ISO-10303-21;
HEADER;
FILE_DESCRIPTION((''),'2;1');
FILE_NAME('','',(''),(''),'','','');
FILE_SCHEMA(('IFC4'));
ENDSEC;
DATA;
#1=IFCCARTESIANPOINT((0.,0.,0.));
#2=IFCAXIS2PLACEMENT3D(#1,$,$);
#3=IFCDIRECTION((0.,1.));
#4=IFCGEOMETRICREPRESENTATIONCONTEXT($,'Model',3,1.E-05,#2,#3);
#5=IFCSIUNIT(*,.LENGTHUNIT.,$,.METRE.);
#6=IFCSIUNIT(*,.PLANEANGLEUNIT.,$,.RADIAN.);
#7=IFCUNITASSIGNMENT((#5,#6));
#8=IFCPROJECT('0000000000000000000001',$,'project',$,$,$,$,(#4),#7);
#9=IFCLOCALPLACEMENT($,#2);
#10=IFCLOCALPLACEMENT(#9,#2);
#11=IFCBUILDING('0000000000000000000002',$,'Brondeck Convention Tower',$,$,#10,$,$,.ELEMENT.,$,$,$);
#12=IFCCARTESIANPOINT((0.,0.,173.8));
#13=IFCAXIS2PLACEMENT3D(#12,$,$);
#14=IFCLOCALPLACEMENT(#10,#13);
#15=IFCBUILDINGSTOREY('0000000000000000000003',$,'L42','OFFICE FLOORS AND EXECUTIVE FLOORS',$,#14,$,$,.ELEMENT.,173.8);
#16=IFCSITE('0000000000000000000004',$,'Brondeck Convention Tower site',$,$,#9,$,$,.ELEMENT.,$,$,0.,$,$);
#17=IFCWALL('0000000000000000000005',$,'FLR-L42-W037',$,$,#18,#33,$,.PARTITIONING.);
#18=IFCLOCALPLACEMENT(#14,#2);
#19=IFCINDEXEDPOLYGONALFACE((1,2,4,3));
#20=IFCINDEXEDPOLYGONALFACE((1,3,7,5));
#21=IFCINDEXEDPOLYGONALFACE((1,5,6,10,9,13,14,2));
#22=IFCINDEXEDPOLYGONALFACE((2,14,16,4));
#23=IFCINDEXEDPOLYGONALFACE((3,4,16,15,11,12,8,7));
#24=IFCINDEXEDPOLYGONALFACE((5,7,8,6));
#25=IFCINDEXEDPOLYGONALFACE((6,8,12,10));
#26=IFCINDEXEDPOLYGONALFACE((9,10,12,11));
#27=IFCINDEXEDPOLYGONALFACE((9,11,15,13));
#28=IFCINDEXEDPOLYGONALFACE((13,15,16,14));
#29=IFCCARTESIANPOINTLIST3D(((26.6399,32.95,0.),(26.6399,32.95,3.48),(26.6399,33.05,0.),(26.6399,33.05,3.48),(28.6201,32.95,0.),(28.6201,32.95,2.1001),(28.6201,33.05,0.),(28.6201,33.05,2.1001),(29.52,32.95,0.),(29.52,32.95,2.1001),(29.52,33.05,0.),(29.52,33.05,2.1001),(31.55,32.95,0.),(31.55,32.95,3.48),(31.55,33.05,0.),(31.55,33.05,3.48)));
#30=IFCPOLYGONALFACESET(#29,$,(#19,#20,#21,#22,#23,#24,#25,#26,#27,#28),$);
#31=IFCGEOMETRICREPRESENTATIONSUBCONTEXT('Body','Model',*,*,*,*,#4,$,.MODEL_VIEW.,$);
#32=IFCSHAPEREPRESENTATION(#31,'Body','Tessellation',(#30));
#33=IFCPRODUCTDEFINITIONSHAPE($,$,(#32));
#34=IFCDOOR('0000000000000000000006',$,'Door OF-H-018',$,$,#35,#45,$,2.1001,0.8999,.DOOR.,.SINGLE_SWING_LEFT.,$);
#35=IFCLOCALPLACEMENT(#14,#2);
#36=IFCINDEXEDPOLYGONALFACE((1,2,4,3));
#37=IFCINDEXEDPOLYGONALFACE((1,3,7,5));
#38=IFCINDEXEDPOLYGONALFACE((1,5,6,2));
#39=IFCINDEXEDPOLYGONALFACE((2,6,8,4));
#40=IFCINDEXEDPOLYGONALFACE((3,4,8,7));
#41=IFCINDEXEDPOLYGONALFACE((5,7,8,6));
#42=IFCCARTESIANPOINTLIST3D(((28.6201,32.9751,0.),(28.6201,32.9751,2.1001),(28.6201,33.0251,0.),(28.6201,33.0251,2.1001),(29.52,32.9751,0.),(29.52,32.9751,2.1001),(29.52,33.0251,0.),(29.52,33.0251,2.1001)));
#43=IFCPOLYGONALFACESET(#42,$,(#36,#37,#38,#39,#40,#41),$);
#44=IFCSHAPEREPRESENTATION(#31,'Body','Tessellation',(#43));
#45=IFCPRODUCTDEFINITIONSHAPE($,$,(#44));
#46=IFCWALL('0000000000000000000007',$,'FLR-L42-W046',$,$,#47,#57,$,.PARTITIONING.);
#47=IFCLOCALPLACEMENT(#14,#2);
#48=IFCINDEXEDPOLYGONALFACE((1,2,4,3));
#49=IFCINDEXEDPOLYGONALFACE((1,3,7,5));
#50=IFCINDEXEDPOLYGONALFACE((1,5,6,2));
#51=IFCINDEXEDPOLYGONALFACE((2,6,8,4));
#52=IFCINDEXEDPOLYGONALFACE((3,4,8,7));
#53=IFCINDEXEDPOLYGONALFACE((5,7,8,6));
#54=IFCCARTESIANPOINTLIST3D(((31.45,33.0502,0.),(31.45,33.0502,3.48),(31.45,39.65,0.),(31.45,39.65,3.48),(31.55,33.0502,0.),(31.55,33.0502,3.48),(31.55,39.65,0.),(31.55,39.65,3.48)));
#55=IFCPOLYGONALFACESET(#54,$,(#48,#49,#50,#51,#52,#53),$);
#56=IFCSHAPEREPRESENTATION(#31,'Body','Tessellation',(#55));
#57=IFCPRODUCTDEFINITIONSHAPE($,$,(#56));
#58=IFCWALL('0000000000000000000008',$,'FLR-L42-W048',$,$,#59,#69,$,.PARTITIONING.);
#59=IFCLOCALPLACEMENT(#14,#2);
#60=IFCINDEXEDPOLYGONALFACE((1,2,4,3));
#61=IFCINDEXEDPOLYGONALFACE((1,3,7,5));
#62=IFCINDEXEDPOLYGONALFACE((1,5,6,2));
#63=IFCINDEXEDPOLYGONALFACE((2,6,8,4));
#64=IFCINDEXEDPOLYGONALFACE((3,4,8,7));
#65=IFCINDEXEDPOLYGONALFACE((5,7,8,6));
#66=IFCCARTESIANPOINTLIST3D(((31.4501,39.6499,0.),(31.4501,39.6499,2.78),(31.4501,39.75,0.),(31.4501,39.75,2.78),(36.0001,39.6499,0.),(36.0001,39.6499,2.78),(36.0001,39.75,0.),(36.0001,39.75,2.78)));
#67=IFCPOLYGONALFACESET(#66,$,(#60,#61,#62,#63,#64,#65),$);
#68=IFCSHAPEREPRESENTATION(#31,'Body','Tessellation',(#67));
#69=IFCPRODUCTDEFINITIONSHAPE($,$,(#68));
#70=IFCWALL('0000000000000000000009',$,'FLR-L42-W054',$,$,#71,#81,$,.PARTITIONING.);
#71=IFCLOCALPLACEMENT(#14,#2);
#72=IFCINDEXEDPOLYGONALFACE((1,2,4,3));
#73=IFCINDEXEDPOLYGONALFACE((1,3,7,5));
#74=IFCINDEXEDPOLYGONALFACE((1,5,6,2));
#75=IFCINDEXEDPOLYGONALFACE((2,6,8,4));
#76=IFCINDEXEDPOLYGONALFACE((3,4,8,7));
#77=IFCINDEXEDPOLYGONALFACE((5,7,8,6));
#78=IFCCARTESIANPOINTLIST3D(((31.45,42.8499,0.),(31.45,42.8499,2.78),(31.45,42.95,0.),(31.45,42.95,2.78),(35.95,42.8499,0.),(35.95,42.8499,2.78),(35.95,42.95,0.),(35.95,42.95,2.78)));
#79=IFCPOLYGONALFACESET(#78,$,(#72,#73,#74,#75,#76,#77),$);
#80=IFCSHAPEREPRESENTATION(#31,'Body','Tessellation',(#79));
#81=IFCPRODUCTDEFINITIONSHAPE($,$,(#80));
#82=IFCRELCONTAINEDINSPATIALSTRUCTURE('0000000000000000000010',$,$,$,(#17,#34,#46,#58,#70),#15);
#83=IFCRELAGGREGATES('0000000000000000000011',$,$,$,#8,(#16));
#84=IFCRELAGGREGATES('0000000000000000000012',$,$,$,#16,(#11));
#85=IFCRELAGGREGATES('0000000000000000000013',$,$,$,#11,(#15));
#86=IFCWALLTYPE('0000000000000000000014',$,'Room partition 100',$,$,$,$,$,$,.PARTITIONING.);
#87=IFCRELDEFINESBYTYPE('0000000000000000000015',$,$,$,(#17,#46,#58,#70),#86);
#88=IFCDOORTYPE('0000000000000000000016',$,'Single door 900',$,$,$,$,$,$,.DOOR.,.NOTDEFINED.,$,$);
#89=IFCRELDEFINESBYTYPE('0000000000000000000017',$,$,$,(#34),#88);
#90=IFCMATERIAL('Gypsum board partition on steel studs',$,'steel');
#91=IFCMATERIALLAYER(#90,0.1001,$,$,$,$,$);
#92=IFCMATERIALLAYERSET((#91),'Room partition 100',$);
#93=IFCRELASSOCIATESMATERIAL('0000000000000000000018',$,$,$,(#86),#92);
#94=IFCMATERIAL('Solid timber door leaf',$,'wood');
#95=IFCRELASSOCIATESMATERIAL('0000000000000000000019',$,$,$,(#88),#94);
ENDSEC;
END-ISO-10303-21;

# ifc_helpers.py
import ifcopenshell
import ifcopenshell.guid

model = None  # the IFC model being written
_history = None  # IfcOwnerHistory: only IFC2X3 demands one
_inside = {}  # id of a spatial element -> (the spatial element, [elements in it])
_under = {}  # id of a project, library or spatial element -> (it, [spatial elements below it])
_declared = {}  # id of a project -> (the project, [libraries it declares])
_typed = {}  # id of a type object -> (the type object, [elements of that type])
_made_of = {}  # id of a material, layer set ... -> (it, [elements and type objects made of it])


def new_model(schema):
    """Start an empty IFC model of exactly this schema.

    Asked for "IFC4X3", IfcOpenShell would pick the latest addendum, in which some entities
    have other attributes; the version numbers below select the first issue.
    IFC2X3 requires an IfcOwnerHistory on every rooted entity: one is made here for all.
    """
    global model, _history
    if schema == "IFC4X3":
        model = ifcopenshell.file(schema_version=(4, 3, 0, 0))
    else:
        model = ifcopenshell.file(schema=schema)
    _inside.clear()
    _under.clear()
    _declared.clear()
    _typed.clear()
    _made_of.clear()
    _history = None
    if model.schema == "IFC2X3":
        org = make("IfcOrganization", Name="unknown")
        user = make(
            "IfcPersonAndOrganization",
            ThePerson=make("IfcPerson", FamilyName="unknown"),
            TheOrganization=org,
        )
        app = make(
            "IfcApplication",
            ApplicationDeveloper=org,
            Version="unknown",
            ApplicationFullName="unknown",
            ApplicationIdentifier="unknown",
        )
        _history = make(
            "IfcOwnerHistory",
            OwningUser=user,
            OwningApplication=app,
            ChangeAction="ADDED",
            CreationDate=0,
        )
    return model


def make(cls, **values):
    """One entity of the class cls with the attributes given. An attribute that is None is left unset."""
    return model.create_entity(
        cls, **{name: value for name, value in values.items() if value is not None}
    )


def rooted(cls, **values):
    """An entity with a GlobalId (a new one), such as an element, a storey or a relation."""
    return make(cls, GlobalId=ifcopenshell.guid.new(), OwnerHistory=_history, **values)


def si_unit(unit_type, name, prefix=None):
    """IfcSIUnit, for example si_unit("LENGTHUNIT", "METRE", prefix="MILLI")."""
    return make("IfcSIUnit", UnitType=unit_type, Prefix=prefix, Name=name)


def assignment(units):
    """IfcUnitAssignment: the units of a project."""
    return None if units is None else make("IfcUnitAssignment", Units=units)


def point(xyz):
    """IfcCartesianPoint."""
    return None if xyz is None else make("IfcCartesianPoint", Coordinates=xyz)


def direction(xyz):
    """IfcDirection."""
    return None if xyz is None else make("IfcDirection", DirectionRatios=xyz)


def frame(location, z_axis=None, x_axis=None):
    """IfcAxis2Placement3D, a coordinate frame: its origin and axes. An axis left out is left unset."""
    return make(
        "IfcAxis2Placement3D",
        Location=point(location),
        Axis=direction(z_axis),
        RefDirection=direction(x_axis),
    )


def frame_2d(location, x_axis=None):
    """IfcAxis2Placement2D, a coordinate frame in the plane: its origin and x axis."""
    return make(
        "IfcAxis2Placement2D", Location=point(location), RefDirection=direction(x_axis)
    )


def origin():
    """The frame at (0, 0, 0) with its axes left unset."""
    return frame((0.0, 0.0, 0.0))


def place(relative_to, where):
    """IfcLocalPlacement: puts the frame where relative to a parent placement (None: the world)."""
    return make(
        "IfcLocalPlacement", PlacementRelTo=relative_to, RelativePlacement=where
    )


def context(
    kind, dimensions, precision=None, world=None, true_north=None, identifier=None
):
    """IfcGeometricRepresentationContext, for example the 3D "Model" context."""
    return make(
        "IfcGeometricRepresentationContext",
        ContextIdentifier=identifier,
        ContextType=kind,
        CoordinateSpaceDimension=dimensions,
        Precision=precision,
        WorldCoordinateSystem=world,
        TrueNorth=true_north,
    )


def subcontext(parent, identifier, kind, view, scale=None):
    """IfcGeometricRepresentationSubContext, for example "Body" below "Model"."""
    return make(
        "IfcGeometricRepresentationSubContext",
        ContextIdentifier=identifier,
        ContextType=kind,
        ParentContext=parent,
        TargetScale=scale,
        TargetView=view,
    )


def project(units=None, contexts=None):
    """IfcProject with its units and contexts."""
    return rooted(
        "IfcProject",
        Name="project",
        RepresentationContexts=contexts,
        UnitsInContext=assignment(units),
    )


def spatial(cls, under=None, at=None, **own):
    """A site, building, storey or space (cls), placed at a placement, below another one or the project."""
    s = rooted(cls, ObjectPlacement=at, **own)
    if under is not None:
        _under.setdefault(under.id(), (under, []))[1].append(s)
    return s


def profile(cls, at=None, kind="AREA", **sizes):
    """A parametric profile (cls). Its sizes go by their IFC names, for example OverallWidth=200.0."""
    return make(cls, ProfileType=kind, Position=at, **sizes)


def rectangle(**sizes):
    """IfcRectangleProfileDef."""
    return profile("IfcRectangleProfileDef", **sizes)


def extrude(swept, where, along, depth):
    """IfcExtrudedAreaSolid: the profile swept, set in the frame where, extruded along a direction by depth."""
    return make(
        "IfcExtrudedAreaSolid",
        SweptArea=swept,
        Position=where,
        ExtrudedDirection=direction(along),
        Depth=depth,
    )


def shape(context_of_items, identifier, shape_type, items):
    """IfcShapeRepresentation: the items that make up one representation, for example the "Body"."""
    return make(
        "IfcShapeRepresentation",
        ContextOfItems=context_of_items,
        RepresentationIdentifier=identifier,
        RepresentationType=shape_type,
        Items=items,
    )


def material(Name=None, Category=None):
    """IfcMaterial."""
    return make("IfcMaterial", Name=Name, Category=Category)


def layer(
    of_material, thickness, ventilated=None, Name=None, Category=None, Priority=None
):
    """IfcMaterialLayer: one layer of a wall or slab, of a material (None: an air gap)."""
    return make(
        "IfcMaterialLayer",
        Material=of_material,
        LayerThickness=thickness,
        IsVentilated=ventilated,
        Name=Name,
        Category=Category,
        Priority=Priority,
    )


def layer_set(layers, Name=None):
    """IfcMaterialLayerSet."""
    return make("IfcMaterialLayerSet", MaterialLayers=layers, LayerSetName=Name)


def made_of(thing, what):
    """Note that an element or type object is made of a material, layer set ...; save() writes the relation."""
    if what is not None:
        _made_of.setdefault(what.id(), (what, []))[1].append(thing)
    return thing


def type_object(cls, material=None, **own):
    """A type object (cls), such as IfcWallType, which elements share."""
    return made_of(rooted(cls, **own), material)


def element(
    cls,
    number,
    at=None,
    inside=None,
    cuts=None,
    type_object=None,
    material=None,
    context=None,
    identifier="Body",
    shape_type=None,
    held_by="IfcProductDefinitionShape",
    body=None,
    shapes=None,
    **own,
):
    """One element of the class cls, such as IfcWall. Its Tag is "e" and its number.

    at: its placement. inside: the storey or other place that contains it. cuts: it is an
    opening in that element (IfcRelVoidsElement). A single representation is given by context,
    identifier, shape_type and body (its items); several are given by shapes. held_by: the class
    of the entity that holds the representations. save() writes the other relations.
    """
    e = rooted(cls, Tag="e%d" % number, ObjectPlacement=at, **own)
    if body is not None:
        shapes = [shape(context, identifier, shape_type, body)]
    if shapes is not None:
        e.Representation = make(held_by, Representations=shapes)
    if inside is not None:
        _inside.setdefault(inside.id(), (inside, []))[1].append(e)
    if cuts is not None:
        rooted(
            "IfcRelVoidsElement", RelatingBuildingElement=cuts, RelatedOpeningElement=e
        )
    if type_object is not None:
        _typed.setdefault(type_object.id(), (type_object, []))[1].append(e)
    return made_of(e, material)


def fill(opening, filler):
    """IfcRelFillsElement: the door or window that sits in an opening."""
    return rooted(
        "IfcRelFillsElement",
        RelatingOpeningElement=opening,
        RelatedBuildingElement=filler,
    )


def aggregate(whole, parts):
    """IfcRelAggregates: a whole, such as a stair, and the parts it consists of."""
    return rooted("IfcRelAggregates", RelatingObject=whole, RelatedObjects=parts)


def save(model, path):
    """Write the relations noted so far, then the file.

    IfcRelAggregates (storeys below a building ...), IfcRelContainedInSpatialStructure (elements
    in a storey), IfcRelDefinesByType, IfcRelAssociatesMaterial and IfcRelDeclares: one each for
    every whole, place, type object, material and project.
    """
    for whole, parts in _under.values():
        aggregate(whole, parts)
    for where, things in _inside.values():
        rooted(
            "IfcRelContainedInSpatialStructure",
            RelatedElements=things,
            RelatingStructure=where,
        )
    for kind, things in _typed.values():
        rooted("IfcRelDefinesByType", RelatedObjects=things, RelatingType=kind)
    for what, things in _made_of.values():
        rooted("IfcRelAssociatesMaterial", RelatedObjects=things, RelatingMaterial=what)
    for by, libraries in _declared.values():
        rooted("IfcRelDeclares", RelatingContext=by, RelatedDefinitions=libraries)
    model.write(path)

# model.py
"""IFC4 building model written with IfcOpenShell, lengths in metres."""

from ifc_helpers import new_model, si_unit, direction, frame, frame_2d, origin, place, context, subcontext, project, spatial, rectangle, extrude, material, layer, layer_set, type_object, element, fill, save


model = new_model("IFC4")

# Units and contexts
model_context = context("Model", 3, precision=1e-05, world=origin(), true_north=direction((0.0, 1.0)))
body_context = subcontext(model_context, "Body", "Model", "MODEL_VIEW")
ifc_project = project(units=[si_unit("LENGTHUNIT", "METRE"), si_unit("PLANEANGLEUNIT", "RADIAN")], contexts=[model_context])

# Site, building, storey
site_placement = place(None, origin())
site = spatial("IfcSite", under=ifc_project, at=site_placement, Name="Brondeck Convention Tower site", CompositionType="ELEMENT", RefElevation=0.0)
building_placement = place(site_placement, origin())
building = spatial("IfcBuilding", under=site, at=building_placement, Name="Brondeck Convention Tower", CompositionType="ELEMENT")
storey_placement = place(building_placement, frame((0.0, 0.0, 173.8)))
storey = spatial("IfcBuildingStorey", under=building, at=storey_placement, Name="L42", Description="OFFICE FLOORS AND EXECUTIVE FLOORS", CompositionType="ELEMENT", Elevation=173.8)

# Shared definitions
ifc_material_1 = material(Name="Gypsum board partition on steel studs", Category="steel")
ifc_layer_1 = layer(ifc_material_1, 0.1001)
ifc_layer_set_1 = layer_set([ifc_layer_1], Name="Room partition 100")
wall_type_1 = type_object("IfcWallType", Name="Room partition 100", PredefinedType="PARTITIONING", material=ifc_layer_set_1)

# Wall, opening, door
ifc_material_2 = material(Name="Solid timber door leaf", Category="wood")
door_type_1 = type_object("IfcDoorType", Name="Single door 900", OperationType="NOTDEFINED", PredefinedType="DOOR", material=ifc_material_2)
wall_1_placement = place(storey_placement, frame((31.55, 33.0, 0.0), z_axis=(0.0, 0.0, 1.0), x_axis=(-1.0, 0.0, 0.0)))
wall_1 = element("IfcWall", 1, at=wall_1_placement, inside=storey, type_object=wall_type_1, Name="FLR-L42-W037", PredefinedType="PARTITIONING", context=body_context, shape_type="SweptSolid", body=[
    extrude(rectangle(XDim=4.9102, YDim=0.1001, at=frame_2d((2.4551, 0.0))), origin(), (0.0, 0.0, 1.0), 3.48),
])
opening_1_placement = place(wall_1_placement, frame((2.03, 0.0, 0.0)))
opening_1 = element("IfcOpeningElement", 2, at=opening_1_placement, cuts=wall_1, PredefinedType="OPENING", context=body_context, shape_type="SweptSolid", body=[
    extrude(rectangle(XDim=0.8999, YDim=2.1001, at=frame_2d((0.45, 1.05))), frame((0.0, 0.0601, 0.0), z_axis=(0.0, -1.0, 0.0), x_axis=(1.0, 0.0, 0.0)), (0.0, 0.0, 1.0), 0.1201),
])
door_1_placement = place(opening_1_placement, origin())
door_1 = element("IfcDoor", 3, at=door_1_placement, inside=storey, type_object=door_type_1, Name="Door OF-H-018", OperationType="SINGLE_SWING_LEFT", OverallHeight=2.1001, OverallWidth=0.8999, PredefinedType="DOOR", context=body_context, shape_type="SweptSolid", body=[
    extrude(rectangle(XDim=0.8999, YDim=2.1001, at=frame_2d((0.45, 1.05))), frame((0.0, 0.0249, 0.0), z_axis=(0.0, -1.0, 0.0), x_axis=(1.0, 0.0, 0.0)), (0.0, 0.0, 1.0), 0.05),
])
fill(opening_1, door_1)

# Walls
wall_2_placement = place(storey_placement, frame((31.5, 39.6499, 0.0), z_axis=(0.0, 0.0, 1.0), x_axis=(0.0, -1.0, 0.0)))
element("IfcWall", 4, at=wall_2_placement, inside=storey, type_object=wall_type_1, Name="FLR-L42-W046", PredefinedType="PARTITIONING", context=body_context, shape_type="SweptSolid", body=[
    extrude(rectangle(XDim=6.5999, YDim=0.1001, at=frame_2d((3.2998, 0.0))), origin(), (0.0, 0.0, 1.0), 3.48),
])
wall_3_placement = place(storey_placement, frame((36.0, 39.7, 0.0), z_axis=(0.0, 0.0, 1.0), x_axis=(-1.0, 0.0, 0.0)))
element("IfcWall", 5, at=wall_3_placement, inside=storey, type_object=wall_type_1, Name="FLR-L42-W048", PredefinedType="PARTITIONING", context=body_context, shape_type="SweptSolid", body=[
    extrude(rectangle(XDim=4.55, YDim=0.1001, at=frame_2d((2.2749, 0.0))), origin(), (0.0, 0.0, 1.0), 2.78),
])
wall_4_placement = place(storey_placement, frame((31.45, 42.8999, 0.0), z_axis=(0.0, 0.0, 1.0), x_axis=(1.0, 0.0, 0.0)))
element("IfcWall", 6, at=wall_4_placement, inside=storey, type_object=wall_type_1, Name="FLR-L42-W054", PredefinedType="PARTITIONING", context=body_context, shape_type="SweptSolid", body=[
    extrude(rectangle(XDim=4.5, YDim=0.1001, at=frame_2d((2.25, 0.0))), origin(), (0.0, 0.0, 1.0), 2.78),
])

save(model, "model.ifc")
